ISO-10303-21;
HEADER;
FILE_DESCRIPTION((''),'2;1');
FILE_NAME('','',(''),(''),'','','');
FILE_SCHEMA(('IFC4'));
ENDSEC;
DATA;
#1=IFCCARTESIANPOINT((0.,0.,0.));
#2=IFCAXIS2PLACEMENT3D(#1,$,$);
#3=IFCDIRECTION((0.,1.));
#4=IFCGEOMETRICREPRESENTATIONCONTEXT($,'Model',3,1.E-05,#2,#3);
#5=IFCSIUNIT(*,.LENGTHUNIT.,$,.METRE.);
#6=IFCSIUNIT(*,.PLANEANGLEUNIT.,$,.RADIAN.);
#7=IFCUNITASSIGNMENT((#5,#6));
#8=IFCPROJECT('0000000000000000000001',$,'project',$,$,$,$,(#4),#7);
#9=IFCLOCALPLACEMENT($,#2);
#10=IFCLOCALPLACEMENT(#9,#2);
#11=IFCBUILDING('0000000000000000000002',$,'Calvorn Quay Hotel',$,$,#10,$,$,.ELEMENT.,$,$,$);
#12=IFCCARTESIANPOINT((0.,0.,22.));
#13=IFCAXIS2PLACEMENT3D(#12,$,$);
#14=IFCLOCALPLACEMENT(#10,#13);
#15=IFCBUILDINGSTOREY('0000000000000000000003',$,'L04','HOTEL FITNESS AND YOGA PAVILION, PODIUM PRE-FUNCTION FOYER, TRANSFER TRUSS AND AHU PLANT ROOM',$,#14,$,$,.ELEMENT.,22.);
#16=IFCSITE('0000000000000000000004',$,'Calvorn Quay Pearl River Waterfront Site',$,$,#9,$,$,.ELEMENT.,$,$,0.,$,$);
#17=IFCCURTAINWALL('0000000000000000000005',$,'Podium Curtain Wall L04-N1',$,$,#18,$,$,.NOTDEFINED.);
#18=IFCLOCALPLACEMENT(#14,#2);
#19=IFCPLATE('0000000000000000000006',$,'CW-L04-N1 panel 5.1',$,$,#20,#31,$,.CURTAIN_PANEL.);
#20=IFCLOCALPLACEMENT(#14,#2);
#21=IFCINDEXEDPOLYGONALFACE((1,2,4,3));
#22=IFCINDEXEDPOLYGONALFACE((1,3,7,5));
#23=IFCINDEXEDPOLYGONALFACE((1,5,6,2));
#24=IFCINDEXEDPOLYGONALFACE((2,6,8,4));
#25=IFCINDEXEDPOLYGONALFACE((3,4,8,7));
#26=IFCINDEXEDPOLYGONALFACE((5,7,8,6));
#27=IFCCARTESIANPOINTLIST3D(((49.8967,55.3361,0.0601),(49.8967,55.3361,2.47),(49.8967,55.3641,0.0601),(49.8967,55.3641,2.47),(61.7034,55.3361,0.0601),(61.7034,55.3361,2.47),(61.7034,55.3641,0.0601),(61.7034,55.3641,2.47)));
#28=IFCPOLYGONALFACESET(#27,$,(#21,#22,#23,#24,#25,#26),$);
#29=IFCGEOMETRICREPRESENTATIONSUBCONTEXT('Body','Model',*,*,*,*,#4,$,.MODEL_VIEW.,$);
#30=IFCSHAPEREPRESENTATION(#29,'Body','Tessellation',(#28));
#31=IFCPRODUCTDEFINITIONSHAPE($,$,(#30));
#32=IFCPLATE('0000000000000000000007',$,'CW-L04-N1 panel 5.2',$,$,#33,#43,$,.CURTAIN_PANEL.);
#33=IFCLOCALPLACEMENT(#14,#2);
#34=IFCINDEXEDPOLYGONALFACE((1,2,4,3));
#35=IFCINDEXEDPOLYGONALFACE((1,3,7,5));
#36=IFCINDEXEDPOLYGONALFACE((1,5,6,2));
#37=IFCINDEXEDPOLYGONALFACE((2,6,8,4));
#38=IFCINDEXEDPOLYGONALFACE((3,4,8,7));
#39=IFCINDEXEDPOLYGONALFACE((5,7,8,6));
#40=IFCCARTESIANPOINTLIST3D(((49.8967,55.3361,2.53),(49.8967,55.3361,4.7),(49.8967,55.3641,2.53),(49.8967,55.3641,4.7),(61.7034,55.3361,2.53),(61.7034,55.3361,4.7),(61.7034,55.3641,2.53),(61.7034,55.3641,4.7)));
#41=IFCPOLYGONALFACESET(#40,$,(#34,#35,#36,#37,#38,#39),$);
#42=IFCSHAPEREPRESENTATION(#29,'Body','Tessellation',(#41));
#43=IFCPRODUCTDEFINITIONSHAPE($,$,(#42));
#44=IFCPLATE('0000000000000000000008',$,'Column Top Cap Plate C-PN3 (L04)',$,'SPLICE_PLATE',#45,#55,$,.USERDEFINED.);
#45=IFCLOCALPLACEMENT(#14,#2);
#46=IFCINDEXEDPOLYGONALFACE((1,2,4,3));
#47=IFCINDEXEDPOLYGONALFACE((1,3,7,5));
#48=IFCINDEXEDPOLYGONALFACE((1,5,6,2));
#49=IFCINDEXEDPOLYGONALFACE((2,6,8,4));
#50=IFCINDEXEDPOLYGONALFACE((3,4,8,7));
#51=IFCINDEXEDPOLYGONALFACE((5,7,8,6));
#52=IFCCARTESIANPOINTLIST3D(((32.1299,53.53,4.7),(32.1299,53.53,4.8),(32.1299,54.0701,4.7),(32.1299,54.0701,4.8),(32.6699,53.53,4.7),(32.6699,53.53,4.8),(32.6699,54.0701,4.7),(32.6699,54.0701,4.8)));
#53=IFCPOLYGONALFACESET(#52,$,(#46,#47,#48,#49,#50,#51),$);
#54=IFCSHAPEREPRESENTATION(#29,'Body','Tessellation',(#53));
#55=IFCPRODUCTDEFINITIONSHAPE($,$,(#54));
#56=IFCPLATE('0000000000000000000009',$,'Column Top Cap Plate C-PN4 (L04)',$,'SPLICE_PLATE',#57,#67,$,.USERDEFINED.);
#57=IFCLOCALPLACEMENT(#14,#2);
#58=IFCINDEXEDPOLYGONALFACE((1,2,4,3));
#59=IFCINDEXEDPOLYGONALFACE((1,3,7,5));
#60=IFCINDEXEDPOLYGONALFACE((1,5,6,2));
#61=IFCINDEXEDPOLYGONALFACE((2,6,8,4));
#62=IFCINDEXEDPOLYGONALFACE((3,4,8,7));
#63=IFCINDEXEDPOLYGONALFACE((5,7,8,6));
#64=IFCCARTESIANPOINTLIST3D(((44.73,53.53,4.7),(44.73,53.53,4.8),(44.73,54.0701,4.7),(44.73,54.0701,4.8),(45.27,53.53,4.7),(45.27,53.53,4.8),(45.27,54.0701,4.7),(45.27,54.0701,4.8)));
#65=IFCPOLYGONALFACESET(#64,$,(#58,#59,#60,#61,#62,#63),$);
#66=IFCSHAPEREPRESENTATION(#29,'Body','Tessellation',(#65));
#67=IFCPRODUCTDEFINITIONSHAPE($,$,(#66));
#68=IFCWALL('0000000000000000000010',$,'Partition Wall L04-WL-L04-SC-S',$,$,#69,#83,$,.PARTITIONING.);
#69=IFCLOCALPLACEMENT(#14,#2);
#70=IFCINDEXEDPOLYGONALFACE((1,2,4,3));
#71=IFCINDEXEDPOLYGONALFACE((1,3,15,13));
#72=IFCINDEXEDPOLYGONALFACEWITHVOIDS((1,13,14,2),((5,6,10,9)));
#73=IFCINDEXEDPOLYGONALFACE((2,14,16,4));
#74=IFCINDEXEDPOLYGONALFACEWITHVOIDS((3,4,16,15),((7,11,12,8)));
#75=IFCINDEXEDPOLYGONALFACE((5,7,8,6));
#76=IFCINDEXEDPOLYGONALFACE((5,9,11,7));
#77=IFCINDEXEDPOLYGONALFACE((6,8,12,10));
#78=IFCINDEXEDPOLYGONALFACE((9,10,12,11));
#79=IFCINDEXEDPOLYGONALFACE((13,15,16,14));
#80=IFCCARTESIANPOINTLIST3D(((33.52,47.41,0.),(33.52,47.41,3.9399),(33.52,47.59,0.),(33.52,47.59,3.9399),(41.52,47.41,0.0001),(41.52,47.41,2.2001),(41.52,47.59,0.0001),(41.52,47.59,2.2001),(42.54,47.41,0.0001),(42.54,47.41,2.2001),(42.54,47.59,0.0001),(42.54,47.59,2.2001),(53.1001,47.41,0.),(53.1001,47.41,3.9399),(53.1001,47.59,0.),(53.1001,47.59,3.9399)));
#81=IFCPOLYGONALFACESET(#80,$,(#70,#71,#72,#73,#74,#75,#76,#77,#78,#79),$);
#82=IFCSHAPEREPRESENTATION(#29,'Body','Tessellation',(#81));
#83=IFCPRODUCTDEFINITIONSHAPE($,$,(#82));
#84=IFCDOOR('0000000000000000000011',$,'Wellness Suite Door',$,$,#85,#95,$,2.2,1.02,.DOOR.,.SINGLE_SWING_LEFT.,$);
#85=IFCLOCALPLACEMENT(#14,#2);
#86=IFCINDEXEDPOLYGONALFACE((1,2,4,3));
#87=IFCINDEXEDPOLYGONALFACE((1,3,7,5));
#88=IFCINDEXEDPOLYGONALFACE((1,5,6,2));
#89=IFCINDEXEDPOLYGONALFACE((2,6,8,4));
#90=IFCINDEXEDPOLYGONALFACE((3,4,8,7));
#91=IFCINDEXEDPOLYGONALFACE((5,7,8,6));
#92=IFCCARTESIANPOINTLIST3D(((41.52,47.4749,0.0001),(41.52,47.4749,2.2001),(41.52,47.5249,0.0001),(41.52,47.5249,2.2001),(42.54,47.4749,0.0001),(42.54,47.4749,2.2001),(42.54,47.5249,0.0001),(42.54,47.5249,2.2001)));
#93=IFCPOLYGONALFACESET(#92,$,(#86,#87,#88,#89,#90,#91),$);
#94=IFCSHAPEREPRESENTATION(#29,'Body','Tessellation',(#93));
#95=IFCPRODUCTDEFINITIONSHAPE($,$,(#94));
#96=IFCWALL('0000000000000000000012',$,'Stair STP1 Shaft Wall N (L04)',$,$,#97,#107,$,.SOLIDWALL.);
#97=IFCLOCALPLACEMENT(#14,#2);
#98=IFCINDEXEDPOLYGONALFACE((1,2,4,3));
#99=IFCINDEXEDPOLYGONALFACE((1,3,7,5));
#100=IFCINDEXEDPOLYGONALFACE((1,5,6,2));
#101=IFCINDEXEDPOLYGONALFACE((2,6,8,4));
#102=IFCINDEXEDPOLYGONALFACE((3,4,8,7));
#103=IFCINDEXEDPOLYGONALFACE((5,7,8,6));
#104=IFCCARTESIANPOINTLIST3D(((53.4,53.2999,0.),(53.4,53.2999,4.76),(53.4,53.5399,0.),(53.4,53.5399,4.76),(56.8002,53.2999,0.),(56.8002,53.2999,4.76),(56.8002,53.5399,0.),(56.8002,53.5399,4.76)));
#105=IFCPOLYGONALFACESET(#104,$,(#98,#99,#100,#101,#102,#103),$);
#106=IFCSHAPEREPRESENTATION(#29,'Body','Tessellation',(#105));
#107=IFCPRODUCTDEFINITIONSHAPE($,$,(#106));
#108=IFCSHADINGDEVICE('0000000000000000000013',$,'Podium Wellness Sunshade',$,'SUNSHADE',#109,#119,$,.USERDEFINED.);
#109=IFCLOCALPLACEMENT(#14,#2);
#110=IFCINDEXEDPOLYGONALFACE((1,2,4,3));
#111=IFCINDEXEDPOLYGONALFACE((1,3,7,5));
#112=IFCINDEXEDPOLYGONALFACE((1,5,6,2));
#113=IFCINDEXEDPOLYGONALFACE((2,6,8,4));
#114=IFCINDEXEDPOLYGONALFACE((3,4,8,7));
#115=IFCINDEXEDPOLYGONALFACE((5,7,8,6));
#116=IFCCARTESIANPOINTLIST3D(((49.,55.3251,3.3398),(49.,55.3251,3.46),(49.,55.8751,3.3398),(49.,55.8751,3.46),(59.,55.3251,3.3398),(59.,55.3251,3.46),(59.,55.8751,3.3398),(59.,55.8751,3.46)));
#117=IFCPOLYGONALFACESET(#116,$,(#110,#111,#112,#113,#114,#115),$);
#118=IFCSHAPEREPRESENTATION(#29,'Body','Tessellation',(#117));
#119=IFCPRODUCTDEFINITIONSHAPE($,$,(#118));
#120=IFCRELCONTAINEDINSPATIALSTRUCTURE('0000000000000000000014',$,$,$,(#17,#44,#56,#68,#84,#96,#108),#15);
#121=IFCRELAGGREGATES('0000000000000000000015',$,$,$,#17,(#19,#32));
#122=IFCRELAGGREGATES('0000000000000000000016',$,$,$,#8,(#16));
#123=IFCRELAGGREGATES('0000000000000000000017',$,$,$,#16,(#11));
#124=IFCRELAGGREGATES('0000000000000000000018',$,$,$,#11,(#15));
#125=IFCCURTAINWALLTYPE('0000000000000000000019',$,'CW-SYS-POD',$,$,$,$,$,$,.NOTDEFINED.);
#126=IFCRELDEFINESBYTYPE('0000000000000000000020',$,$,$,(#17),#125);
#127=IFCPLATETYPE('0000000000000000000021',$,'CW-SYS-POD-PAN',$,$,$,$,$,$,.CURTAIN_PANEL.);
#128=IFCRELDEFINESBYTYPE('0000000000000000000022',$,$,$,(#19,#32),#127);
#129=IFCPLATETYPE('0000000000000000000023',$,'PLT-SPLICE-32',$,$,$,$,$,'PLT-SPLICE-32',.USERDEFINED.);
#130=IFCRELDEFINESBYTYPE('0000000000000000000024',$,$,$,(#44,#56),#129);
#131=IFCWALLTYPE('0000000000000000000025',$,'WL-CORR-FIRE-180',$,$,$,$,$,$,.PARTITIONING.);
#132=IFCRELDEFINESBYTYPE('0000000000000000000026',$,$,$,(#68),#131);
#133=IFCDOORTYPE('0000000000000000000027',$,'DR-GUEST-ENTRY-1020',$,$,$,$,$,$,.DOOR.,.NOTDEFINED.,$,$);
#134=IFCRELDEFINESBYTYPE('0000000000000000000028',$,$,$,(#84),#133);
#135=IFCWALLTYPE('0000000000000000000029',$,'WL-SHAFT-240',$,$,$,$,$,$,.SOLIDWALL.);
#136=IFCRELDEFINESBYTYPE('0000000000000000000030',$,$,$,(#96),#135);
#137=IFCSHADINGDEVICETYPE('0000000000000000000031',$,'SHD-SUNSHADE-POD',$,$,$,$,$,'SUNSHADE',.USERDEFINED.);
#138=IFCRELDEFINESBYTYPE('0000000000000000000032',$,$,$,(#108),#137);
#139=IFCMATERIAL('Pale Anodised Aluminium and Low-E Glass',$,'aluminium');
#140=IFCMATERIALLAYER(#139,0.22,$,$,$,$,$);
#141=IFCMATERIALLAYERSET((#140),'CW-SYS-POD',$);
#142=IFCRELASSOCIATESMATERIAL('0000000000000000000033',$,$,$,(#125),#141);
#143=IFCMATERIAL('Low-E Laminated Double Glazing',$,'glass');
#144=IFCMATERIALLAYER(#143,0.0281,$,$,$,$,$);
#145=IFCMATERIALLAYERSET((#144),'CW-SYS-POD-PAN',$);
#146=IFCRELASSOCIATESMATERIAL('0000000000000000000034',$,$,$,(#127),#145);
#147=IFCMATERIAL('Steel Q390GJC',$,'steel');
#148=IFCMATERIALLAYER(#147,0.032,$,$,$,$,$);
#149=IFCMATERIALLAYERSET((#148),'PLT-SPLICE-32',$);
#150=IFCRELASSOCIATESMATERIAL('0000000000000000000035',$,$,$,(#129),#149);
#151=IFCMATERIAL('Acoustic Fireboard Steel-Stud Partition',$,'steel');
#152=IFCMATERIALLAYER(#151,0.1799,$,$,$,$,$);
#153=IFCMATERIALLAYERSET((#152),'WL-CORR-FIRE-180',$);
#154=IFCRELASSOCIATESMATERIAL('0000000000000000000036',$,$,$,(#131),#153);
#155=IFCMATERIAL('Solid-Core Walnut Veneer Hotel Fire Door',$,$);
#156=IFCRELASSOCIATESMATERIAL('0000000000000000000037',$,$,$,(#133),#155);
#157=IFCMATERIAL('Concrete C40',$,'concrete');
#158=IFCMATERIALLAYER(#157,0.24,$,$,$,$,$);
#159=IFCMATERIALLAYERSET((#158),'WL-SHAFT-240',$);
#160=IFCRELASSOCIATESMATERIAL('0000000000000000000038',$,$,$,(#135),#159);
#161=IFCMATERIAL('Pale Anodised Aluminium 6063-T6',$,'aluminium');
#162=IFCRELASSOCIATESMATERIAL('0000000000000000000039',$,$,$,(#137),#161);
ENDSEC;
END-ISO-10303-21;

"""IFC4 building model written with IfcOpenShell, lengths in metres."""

from ifc_helpers import new_model, si_unit, direction, frame, frame_2d, origin, origin_2d, place, context, subcontext, project, spatial, rectangle, extrude, material, layer, layer_set, type_object, element, fill, aggregate, save


model = new_model("IFC4")

# Units and contexts
model_context = context("Model", 3, precision=1e-05, world=origin(), true_north=direction((0.0, 1.0)))
body_context = subcontext(model_context, "Body", "Model", "MODEL_VIEW")
ifc_project = project(units=[si_unit("LENGTHUNIT", "METRE"), si_unit("PLANEANGLEUNIT", "RADIAN")], contexts=[model_context])

# Site, building, storey
site_placement = place(None, origin())
site = spatial("IfcSite", under=ifc_project, at=site_placement, Name="Calvorn Quay Pearl River Waterfront Site", CompositionType="ELEMENT", RefElevation=0.0)
building_placement = place(site_placement, origin())
building = spatial("IfcBuilding", under=site, at=building_placement, Name="Calvorn Quay Hotel", CompositionType="ELEMENT")
storey_placement = place(building_placement, frame((0.0, 0.0, 22.0)))
storey = spatial("IfcBuildingStorey", under=building, at=storey_placement, Name="L04", Description="HOTEL FITNESS AND YOGA PAVILION, PODIUM PRE-FUNCTION FOYER, TRANSFER TRUSS AND AHU PLANT ROOM", CompositionType="ELEMENT", Elevation=22.0)

# Curtain wall, plates
ifc_material_1 = material(Name="Pale Anodised Aluminium and Low-E Glass", Category="aluminium")
ifc_layer_1 = layer(ifc_material_1, 0.22)
ifc_layer_set_1 = layer_set([ifc_layer_1], Name="CW-SYS-POD")
curtain_wall_type = type_object("IfcCurtainWallType", Name="CW-SYS-POD", PredefinedType="NOTDEFINED", material=ifc_layer_set_1)
curtain_wall_placement = place(storey_placement, origin())
curtain_wall = element("IfcCurtainWall", 1, at=curtain_wall_placement, inside=storey, type_object=curtain_wall_type, Name="Podium Curtain Wall L04-N1", PredefinedType="NOTDEFINED")
ifc_material_2 = material(Name="Low-E Laminated Double Glazing", Category="glass")
ifc_layer_2 = layer(ifc_material_2, 0.0281)
ifc_layer_set_2 = layer_set([ifc_layer_2], Name="CW-SYS-POD-PAN")
plate_type_1 = type_object("IfcPlateType", Name="CW-SYS-POD-PAN", PredefinedType="CURTAIN_PANEL", material=ifc_layer_set_2)
plate_1_placement = place(storey_placement, frame((55.8, 55.3501, 0.0601), z_axis=(0.0, 0.0, 1.0), x_axis=(1.0, 0.0, 0.0)))
plate_1 = element("IfcPlate", 2, at=plate_1_placement, type_object=plate_type_1, Name="CW-L04-N1 panel 5.1", PredefinedType="CURTAIN_PANEL", context=body_context, shape_type="SweptSolid", body=[
    extrude(rectangle(XDim=11.8066, YDim=0.0281, at=origin_2d()), origin(), (0.0, 0.0, 1.0), 2.4099),
])
plate_2_placement = place(storey_placement, frame((55.8, 55.3501, 2.53), z_axis=(0.0, 0.0, 1.0), x_axis=(1.0, 0.0, 0.0)))
plate_2 = element("IfcPlate", 3, at=plate_2_placement, type_object=plate_type_1, Name="CW-L04-N1 panel 5.2", PredefinedType="CURTAIN_PANEL", context=body_context, shape_type="SweptSolid", body=[
    extrude(rectangle(XDim=11.8066, YDim=0.0281, at=origin_2d()), origin(), (0.0, 0.0, 1.0), 2.1699),
])
aggregate(curtain_wall, [plate_1, plate_2])

# Plates
ifc_material_3 = material(Name="Steel Q390GJC", Category="steel")
ifc_layer_3 = layer(ifc_material_3, 0.032)
ifc_layer_set_3 = layer_set([ifc_layer_3], Name="PLT-SPLICE-32")
plate_type_2 = type_object("IfcPlateType", Name="PLT-SPLICE-32", ElementType="PLT-SPLICE-32", PredefinedType="USERDEFINED", material=ifc_layer_set_3)
for number, where, z_axis, x_axis, name in (
    (4, (32.3999, 53.8, 4.7), (0.0, 0.0, 1.0), (1.0, 0.0, 0.0), "Column Top Cap Plate C-PN3 (L04)"),
    (5, (45.0, 53.8, 4.7), (0.0, 0.0, 1.0), (1.0, 0.0, 0.0), "Column Top Cap Plate C-PN4 (L04)"),
):
    element("IfcPlate", number, at=place(storey_placement, frame(where, z_axis=z_axis, x_axis=x_axis)), inside=storey, type_object=plate_type_2, Name=name, ObjectType="SPLICE_PLATE", PredefinedType="USERDEFINED", context=body_context, shape_type="SweptSolid", body=[
        extrude(rectangle(XDim=0.54, YDim=0.54, at=origin_2d()), origin(), (0.0, 0.0, 1.0), 0.1001),
    ])

# Wall, opening, door
ifc_material_4 = material(Name="Acoustic Fireboard Steel-Stud Partition", Category="steel")
ifc_layer_4 = layer(ifc_material_4, 0.1799)
ifc_layer_set_4 = layer_set([ifc_layer_4], Name="WL-CORR-FIRE-180")
wall_type_1 = type_object("IfcWallType", Name="WL-CORR-FIRE-180", PredefinedType="PARTITIONING", material=ifc_layer_set_4)
wall_1_placement = place(storey_placement, frame((33.52, 47.5, 0.0), z_axis=(0.0, 0.0, 1.0), x_axis=(1.0, 0.0, 0.0)))
wall_1 = element("IfcWall", 6, at=wall_1_placement, inside=storey, type_object=wall_type_1, Name="Partition Wall L04-WL-L04-SC-S", PredefinedType="PARTITIONING", context=body_context, shape_type="SweptSolid", body=[
    extrude(rectangle(XDim=19.5801, YDim=0.1799, at=frame_2d((9.79, 0.0))), origin(), (0.0, 0.0, 1.0), 3.9399),
])
opening_placement = place(wall_1_placement, frame((8.0, 0.0, 0.0)))
opening = element("IfcOpeningElement", 7, at=opening_placement, cuts=wall_1, PredefinedType="OPENING", context=body_context, shape_type="SweptSolid", body=[
    extrude(rectangle(XDim=1.02, YDim=2.2, at=frame_2d((0.51, 1.1001))), frame((0.0, 0.0999, 0.0), z_axis=(0.0, -1.0, 0.0), x_axis=(1.0, 0.0, 0.0)), (0.0, 0.0, 1.0), 0.2),
])
ifc_material_5 = material(Name="Solid-Core Walnut Veneer Hotel Fire Door")
door_type = type_object("IfcDoorType", Name="DR-GUEST-ENTRY-1020", OperationType="NOTDEFINED", PredefinedType="DOOR", material=ifc_material_5)
door_placement = place(opening_placement, origin())
door = element("IfcDoor", 8, at=door_placement, inside=storey, type_object=door_type, Name="Wellness Suite Door", OperationType="SINGLE_SWING_LEFT", OverallHeight=2.2, OverallWidth=1.02, PredefinedType="DOOR", context=body_context, shape_type="SweptSolid", body=[
    extrude(rectangle(XDim=1.02, YDim=2.2, at=frame_2d((0.51, 1.1001))), frame((0.0, 0.0249, 0.0), z_axis=(0.0, -1.0, 0.0), x_axis=(1.0, 0.0, 0.0)), (0.0, 0.0, 1.0), 0.05),
])
fill(opening, door)

# Wall
ifc_material_6 = material(Name="Concrete C40", Category="concrete")
ifc_layer_5 = layer(ifc_material_6, 0.24)
ifc_layer_set_5 = layer_set([ifc_layer_5], Name="WL-SHAFT-240")
wall_type_2 = type_object("IfcWallType", Name="WL-SHAFT-240", PredefinedType="SOLIDWALL", material=ifc_layer_set_5)
wall_2_placement = place(storey_placement, frame((53.3999, 53.4199, 0.0), z_axis=(0.0, 0.0, 1.0), x_axis=(1.0, 0.0, 0.0)))
element("IfcWall", 9, at=wall_2_placement, inside=storey, type_object=wall_type_2, Name="Stair STP1 Shaft Wall N (L04)", PredefinedType="SOLIDWALL", context=body_context, shape_type="SweptSolid", body=[
    extrude(rectangle(XDim=3.4001, YDim=0.24, at=frame_2d((1.7002, 0.0))), origin(), (0.0, 0.0, 1.0), 4.76),
])

# Shading device
ifc_material_7 = material(Name="Pale Anodised Aluminium 6063-T6", Category="aluminium")
shading_device_type = type_object("IfcShadingDeviceType", Name="SHD-SUNSHADE-POD", ElementType="SUNSHADE", PredefinedType="USERDEFINED", material=ifc_material_7)
shading_device_placement = place(storey_placement, frame((54.0, 55.6001, 3.3398), z_axis=(0.0, 0.0, 1.0), x_axis=(1.0, 0.0, 0.0)))
element("IfcShadingDevice", 10, at=shading_device_placement, inside=storey, type_object=shading_device_type, Name="Podium Wellness Sunshade", ObjectType="SUNSHADE", PredefinedType="USERDEFINED", context=body_context, shape_type="SweptSolid", body=[
    extrude(rectangle(XDim=10.0, YDim=0.55, at=origin_2d()), origin(), (0.0, 0.0, 1.0), 0.1201),
])

save(model, "model.ifc")
